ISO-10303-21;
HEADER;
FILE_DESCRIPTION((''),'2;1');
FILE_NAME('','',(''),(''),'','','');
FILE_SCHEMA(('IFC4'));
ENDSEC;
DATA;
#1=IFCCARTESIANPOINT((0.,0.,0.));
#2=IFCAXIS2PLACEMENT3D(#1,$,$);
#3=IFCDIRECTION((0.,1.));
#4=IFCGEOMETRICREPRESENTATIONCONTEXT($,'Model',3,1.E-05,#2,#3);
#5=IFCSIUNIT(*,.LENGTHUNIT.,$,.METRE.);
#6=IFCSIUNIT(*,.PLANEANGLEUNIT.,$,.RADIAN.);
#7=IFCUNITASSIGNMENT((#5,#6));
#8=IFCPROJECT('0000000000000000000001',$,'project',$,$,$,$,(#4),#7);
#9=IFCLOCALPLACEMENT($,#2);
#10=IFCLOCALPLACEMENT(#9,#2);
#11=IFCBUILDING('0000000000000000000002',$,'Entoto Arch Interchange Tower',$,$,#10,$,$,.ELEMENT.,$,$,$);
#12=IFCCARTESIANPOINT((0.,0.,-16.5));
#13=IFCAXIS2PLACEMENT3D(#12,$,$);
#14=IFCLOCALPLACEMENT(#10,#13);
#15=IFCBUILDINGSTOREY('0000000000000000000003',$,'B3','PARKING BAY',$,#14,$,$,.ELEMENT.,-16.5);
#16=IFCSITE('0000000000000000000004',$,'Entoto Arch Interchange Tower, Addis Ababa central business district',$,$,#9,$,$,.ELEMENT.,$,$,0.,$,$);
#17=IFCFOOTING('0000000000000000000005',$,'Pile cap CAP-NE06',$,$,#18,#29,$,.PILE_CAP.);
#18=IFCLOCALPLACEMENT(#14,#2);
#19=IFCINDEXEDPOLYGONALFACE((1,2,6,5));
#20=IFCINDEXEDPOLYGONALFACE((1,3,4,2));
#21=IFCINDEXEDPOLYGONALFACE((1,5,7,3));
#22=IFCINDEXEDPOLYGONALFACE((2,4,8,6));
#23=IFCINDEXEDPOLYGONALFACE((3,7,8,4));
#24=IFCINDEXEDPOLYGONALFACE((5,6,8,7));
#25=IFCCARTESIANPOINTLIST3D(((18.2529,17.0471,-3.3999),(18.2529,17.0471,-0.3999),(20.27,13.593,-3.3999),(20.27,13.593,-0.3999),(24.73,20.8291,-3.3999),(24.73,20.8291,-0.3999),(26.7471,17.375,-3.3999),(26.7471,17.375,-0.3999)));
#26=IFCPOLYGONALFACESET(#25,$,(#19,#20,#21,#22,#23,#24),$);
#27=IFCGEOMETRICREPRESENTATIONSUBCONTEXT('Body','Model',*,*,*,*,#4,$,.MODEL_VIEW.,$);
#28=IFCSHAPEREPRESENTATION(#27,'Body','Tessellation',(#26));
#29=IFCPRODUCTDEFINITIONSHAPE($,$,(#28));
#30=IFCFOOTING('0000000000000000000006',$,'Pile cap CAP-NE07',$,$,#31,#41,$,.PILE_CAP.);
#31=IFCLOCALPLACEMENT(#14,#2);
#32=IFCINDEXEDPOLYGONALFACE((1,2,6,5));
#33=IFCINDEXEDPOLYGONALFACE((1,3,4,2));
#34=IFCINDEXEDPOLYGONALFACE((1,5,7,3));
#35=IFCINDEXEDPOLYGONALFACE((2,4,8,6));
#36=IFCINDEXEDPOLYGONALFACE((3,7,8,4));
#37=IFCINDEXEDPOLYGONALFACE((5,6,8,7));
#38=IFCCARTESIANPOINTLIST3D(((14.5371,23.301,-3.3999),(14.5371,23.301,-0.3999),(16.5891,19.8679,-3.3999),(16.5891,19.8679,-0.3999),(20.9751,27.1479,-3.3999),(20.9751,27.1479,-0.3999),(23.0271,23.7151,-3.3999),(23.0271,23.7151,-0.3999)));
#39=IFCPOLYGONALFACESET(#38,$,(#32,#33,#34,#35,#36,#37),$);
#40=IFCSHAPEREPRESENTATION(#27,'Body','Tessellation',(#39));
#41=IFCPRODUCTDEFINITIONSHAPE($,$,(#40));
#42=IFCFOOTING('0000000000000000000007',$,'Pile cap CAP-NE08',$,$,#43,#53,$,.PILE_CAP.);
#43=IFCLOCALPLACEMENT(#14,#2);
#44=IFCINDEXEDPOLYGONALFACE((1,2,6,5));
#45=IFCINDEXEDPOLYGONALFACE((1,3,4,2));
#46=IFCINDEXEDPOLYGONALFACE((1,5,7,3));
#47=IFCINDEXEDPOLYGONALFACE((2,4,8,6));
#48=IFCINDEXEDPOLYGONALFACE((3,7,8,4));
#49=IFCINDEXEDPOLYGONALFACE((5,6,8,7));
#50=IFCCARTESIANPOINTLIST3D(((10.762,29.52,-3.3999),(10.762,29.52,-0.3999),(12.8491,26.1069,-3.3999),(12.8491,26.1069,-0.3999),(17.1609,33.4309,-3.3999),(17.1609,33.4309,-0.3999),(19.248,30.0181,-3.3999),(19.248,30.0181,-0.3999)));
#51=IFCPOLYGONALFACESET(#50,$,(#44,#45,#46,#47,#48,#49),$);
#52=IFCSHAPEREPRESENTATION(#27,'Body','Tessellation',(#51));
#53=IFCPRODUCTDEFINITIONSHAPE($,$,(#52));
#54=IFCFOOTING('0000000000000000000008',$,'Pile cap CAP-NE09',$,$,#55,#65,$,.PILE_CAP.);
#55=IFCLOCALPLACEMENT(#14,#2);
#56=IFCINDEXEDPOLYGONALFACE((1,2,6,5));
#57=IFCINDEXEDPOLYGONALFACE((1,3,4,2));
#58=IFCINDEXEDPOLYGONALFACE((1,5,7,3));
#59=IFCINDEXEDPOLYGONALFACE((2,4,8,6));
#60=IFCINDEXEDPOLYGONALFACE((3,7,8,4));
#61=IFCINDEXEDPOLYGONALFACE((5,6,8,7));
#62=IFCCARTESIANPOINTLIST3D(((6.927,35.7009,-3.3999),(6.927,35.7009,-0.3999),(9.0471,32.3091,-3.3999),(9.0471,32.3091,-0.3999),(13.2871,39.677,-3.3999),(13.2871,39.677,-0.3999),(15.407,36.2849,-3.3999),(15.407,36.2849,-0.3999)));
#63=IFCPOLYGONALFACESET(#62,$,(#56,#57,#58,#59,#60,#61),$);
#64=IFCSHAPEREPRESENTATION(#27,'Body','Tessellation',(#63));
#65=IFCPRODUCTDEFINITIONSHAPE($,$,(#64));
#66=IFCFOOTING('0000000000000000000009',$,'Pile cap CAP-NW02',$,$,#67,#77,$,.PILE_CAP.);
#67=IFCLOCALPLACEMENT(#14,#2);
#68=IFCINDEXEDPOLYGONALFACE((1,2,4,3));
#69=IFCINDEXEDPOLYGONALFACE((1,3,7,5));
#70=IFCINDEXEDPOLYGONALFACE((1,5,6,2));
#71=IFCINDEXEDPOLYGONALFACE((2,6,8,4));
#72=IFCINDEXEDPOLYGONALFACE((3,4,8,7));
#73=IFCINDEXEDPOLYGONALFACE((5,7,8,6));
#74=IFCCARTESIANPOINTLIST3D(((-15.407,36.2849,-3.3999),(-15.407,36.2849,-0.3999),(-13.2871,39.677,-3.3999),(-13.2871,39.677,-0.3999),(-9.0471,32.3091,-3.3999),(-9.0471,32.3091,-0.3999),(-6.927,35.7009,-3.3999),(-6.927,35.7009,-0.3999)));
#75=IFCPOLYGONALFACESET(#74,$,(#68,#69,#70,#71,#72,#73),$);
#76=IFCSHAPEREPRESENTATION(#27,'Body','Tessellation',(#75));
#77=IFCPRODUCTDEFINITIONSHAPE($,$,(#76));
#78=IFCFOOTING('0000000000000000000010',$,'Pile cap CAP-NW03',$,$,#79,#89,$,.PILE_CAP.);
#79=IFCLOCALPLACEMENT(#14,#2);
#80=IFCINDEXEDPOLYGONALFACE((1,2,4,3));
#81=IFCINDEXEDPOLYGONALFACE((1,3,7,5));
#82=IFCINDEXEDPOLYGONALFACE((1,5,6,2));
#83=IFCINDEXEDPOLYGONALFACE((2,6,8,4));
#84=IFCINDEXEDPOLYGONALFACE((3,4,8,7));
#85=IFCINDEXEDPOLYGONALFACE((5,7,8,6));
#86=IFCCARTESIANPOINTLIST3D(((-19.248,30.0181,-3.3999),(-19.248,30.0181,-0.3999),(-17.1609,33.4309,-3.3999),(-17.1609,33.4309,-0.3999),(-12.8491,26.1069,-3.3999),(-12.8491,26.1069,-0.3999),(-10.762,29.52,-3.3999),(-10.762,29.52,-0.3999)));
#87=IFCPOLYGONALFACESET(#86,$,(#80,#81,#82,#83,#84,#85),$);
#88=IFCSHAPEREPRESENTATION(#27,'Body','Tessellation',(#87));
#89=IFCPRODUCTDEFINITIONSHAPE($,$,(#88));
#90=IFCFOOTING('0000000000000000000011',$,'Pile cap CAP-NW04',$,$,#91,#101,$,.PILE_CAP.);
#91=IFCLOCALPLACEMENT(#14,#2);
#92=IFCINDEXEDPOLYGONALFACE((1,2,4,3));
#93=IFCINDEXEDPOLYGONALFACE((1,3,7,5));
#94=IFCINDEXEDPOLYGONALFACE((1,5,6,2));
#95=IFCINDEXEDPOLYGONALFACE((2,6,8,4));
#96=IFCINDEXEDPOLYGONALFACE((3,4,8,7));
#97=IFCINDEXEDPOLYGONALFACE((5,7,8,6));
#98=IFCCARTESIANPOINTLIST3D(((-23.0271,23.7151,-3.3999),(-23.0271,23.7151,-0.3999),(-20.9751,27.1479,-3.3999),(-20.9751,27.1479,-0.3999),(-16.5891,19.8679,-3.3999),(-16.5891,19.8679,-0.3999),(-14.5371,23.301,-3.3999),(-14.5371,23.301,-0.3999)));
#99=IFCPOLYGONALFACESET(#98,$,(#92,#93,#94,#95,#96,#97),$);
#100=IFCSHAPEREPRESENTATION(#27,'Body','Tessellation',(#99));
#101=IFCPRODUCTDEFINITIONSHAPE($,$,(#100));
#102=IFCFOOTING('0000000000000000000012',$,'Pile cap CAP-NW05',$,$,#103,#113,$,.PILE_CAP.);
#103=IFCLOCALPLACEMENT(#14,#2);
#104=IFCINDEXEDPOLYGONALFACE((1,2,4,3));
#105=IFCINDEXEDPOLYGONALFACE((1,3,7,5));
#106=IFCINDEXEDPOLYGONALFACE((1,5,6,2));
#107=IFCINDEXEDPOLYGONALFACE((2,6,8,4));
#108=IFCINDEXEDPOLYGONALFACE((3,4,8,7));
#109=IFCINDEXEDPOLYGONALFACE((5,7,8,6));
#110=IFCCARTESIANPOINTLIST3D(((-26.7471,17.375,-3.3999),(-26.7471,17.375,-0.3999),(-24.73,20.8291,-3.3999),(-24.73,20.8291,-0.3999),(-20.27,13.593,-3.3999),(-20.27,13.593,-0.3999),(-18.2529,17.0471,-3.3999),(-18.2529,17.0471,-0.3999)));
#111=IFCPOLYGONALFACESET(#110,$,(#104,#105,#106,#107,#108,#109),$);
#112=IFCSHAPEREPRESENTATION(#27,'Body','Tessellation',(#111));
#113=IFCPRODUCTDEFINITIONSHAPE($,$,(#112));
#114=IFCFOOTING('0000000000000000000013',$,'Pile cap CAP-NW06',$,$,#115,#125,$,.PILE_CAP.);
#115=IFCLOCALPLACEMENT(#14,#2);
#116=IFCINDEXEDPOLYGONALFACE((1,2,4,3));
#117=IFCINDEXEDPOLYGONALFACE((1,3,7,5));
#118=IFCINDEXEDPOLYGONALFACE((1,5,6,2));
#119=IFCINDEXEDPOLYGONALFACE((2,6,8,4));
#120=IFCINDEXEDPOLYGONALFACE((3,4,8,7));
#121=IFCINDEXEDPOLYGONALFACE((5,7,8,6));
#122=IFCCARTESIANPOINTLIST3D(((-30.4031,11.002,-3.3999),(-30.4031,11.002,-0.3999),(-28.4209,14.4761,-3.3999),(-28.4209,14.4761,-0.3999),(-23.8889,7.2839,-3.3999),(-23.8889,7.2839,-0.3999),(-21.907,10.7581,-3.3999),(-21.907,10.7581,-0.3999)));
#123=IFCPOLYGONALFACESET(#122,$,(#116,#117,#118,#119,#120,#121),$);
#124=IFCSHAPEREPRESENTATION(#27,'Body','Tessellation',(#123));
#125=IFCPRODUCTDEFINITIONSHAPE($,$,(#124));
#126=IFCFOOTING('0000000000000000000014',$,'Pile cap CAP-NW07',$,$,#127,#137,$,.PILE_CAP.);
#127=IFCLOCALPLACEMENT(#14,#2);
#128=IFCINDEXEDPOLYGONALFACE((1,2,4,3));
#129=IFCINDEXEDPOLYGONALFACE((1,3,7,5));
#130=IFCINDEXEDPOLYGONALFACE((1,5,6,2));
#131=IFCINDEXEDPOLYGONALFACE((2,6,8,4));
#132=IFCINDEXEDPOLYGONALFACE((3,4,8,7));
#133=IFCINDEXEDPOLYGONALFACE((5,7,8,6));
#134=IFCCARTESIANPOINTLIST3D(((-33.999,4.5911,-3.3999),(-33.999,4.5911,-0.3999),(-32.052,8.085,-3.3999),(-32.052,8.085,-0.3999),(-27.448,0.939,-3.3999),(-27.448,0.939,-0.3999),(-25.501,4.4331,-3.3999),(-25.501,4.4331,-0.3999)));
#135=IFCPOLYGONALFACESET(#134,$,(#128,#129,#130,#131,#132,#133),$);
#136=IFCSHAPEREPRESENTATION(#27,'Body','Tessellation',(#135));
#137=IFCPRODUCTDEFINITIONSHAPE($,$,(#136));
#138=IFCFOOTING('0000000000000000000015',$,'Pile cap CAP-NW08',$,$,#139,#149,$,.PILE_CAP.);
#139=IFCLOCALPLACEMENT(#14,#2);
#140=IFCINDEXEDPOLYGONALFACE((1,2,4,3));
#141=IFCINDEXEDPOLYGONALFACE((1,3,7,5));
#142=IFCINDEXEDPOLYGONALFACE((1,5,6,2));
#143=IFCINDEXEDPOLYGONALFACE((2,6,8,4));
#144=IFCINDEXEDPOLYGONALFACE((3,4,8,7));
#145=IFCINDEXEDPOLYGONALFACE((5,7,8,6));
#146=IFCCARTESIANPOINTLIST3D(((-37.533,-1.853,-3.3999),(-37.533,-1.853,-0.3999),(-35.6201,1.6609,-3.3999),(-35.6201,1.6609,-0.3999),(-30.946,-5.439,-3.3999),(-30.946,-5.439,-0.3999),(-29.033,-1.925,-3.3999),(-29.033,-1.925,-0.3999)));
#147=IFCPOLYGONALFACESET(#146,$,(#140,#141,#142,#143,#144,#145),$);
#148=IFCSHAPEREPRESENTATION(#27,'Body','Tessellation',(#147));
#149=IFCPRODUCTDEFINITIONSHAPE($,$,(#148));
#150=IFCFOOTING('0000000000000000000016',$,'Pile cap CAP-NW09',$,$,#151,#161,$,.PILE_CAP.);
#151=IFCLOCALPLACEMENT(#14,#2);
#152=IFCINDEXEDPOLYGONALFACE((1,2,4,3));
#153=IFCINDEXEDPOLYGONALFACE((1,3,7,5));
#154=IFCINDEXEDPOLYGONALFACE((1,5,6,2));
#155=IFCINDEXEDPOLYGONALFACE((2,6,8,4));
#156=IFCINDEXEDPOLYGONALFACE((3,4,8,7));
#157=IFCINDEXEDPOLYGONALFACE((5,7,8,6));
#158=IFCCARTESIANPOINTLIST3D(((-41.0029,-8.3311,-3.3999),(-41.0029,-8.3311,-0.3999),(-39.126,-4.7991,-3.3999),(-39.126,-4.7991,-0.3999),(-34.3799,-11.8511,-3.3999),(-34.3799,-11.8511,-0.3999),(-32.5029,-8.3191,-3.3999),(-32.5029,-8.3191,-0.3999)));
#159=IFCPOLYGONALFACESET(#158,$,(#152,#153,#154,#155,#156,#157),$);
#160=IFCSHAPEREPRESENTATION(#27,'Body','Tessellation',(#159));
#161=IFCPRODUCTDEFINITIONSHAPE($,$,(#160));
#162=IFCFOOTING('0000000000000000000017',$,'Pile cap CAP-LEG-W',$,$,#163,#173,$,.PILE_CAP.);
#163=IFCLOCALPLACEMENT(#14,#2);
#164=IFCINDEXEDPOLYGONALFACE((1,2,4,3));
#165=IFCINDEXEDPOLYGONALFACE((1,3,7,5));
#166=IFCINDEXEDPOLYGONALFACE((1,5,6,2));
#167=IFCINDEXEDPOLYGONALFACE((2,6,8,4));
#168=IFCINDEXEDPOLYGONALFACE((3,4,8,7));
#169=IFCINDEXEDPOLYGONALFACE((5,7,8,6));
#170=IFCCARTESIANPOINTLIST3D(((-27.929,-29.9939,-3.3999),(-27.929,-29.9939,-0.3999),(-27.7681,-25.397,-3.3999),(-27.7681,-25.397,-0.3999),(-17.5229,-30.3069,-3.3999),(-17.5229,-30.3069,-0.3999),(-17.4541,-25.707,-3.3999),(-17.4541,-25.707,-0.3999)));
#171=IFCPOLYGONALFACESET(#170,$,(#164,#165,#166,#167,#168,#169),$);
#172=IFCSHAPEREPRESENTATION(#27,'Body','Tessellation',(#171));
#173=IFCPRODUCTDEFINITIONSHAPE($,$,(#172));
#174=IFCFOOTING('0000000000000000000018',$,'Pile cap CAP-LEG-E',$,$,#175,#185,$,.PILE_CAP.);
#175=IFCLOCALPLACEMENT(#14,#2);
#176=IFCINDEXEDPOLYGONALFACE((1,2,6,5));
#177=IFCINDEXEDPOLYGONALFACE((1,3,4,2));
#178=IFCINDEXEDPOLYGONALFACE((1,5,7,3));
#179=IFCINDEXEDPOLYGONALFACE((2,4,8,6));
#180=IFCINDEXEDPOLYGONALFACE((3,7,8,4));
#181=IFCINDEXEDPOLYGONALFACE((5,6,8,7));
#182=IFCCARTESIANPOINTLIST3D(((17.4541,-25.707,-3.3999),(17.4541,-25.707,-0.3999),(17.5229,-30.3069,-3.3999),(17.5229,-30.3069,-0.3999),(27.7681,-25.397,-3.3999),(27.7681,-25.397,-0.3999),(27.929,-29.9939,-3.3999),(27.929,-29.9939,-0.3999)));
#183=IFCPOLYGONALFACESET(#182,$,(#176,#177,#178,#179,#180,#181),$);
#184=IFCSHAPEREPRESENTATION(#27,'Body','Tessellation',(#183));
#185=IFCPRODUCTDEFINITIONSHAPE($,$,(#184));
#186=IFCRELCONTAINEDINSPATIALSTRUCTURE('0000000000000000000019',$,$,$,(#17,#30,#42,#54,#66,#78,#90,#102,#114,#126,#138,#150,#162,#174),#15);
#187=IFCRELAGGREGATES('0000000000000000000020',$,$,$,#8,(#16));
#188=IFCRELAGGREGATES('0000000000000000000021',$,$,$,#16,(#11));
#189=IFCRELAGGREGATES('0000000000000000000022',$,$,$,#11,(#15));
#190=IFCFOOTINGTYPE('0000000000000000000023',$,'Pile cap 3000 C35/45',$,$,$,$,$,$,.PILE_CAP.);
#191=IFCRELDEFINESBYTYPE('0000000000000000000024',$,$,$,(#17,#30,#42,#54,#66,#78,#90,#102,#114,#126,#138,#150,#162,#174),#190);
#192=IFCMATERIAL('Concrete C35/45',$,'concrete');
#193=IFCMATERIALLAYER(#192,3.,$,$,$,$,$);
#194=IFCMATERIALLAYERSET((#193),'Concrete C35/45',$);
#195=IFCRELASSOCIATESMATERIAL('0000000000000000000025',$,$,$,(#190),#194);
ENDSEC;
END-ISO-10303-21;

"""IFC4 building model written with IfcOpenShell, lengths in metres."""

from ifc_helpers import new_model, si_unit, direction, frame, origin, place, context, subcontext, project, spatial, polyline, outline, extrude, material, layer, layer_set, type_object, element, save


model = new_model("IFC4")

# Units and contexts
model_context = context("Model", 3, precision=1e-05, world=origin(), true_north=direction((0.0, 1.0)))
body_context = subcontext(model_context, "Body", "Model", "MODEL_VIEW")
ifc_project = project(units=[si_unit("LENGTHUNIT", "METRE"), si_unit("PLANEANGLEUNIT", "RADIAN")], contexts=[model_context])

# Site, building, storey
site_placement = place(None, origin())
site = spatial("IfcSite", under=ifc_project, at=site_placement, Name="Entoto Arch Interchange Tower, Addis Ababa central business district", CompositionType="ELEMENT", RefElevation=0.0)
building_placement = place(site_placement, origin())
building = spatial("IfcBuilding", under=site, at=building_placement, Name="Entoto Arch Interchange Tower", CompositionType="ELEMENT")
storey_placement = place(building_placement, frame((0.0, 0.0, -16.5)))
storey = spatial("IfcBuildingStorey", under=building, at=storey_placement, Name="B3", Description="PARKING BAY", CompositionType="ELEMENT", Elevation=-16.5)

# Shared definitions
ifc_material = material(Name="Concrete C35/45", Category="concrete")

# Footings
ifc_layer_1 = layer(ifc_material, 3.0)
ifc_layer_set_1 = layer_set([ifc_layer_1], Name="Concrete C35/45")
footing_type_1 = type_object("IfcFootingType", Name="Pile cap 3000 C35/45", PredefinedType="PILE_CAP", material=ifc_layer_set_1)
footing_1_placement = place(storey_placement, frame((0.0, 0.0, -3.3999)))
element("IfcFooting", 1, at=footing_1_placement, inside=storey, type_object=footing_type_1, Name="Pile cap CAP-NE06", PredefinedType="PILE_CAP", context=body_context, shape_type="SweptSolid", body=[
    extrude(outline(polyline([(24.73, 20.8291), (18.2529, 17.0471), (20.27, 13.593), (26.7471, 17.375), (24.73, 20.8291)])), origin(), (0.0, 0.0, 1.0), 3.0),
])
footing_2_placement = place(storey_placement, frame((0.0, 0.0, -3.3999)))
element("IfcFooting", 2, at=footing_2_placement, inside=storey, type_object=footing_type_1, Name="Pile cap CAP-NE07", PredefinedType="PILE_CAP", context=body_context, shape_type="SweptSolid", body=[
    extrude(outline(polyline([(20.9751, 27.1479), (14.5371, 23.301), (16.5891, 19.8679), (23.0271, 23.7151), (20.9751, 27.1479)])), origin(), (0.0, 0.0, 1.0), 3.0),
])
footing_3_placement = place(storey_placement, frame((0.0, 0.0, -3.3999)))
element("IfcFooting", 3, at=footing_3_placement, inside=storey, type_object=footing_type_1, Name="Pile cap CAP-NE08", PredefinedType="PILE_CAP", context=body_context, shape_type="SweptSolid", body=[
    extrude(outline(polyline([(17.1609, 33.4309), (10.762, 29.52), (12.8491, 26.1069), (19.248, 30.0181), (17.1609, 33.4309)])), origin(), (0.0, 0.0, 1.0), 3.0),
])
footing_4_placement = place(storey_placement, frame((0.0, 0.0, -3.3999)))
element("IfcFooting", 4, at=footing_4_placement, inside=storey, type_object=footing_type_1, Name="Pile cap CAP-NE09", PredefinedType="PILE_CAP", context=body_context, shape_type="SweptSolid", body=[
    extrude(outline(polyline([(13.2871, 39.677), (6.927, 35.7009), (9.0471, 32.3091), (15.407, 36.2849), (13.2871, 39.677)])), origin(), (0.0, 0.0, 1.0), 3.0),
])
footing_5_placement = place(storey_placement, frame((0.0, 0.0, -3.3999)))
element("IfcFooting", 5, at=footing_5_placement, inside=storey, type_object=footing_type_1, Name="Pile cap CAP-NW02", PredefinedType="PILE_CAP", context=body_context, shape_type="SweptSolid", body=[
    extrude(outline(polyline([(-15.407, 36.2849), (-9.0471, 32.3091), (-6.927, 35.7009), (-13.2871, 39.677), (-15.407, 36.2849)])), origin(), (0.0, 0.0, 1.0), 3.0),
])
footing_6_placement = place(storey_placement, frame((0.0, 0.0, -3.3999)))
element("IfcFooting", 6, at=footing_6_placement, inside=storey, type_object=footing_type_1, Name="Pile cap CAP-NW03", PredefinedType="PILE_CAP", context=body_context, shape_type="SweptSolid", body=[
    extrude(outline(polyline([(-19.248, 30.0181), (-12.8491, 26.1069), (-10.762, 29.52), (-17.1609, 33.4309), (-19.248, 30.0181)])), origin(), (0.0, 0.0, 1.0), 3.0),
])
footing_7_placement = place(storey_placement, frame((0.0, 0.0, -3.3999)))
element("IfcFooting", 7, at=footing_7_placement, inside=storey, type_object=footing_type_1, Name="Pile cap CAP-NW04", PredefinedType="PILE_CAP", context=body_context, shape_type="SweptSolid", body=[
    extrude(outline(polyline([(-23.0271, 23.7151), (-16.5891, 19.8679), (-14.5371, 23.301), (-20.9751, 27.1479), (-23.0271, 23.7151)])), origin(), (0.0, 0.0, 1.0), 3.0),
])
footing_8_placement = place(storey_placement, frame((0.0, 0.0, -3.3999)))
element("IfcFooting", 8, at=footing_8_placement, inside=storey, type_object=footing_type_1, Name="Pile cap CAP-NW05", PredefinedType="PILE_CAP", context=body_context, shape_type="SweptSolid", body=[
    extrude(outline(polyline([(-26.7471, 17.375), (-20.27, 13.593), (-18.2529, 17.0471), (-24.73, 20.8291), (-26.7471, 17.375)])), origin(), (0.0, 0.0, 1.0), 3.0),
])
footing_9_placement = place(storey_placement, frame((0.0, 0.0, -3.3999)))
element("IfcFooting", 9, at=footing_9_placement, inside=storey, type_object=footing_type_1, Name="Pile cap CAP-NW06", PredefinedType="PILE_CAP", context=body_context, shape_type="SweptSolid", body=[
    extrude(outline(polyline([(-30.4031, 11.002), (-23.8889, 7.2839), (-21.907, 10.7581), (-28.4209, 14.4761), (-30.4031, 11.002)])), origin(), (0.0, 0.0, 1.0), 3.0),
])
footing_10_placement = place(storey_placement, frame((0.0, 0.0, -3.3999)))
element("IfcFooting", 10, at=footing_10_placement, inside=storey, type_object=footing_type_1, Name="Pile cap CAP-NW07", PredefinedType="PILE_CAP", context=body_context, shape_type="SweptSolid", body=[
    extrude(outline(polyline([(-33.999, 4.5911), (-27.448, 0.939), (-25.501, 4.4331), (-32.052, 8.085), (-33.999, 4.5911)])), origin(), (0.0, 0.0, 1.0), 3.0),
])
footing_11_placement = place(storey_placement, frame((0.0, 0.0, -3.3999)))
element("IfcFooting", 11, at=footing_11_placement, inside=storey, type_object=footing_type_1, Name="Pile cap CAP-NW08", PredefinedType="PILE_CAP", context=body_context, shape_type="SweptSolid", body=[
    extrude(outline(polyline([(-37.533, -1.853), (-30.946, -5.439), (-29.033, -1.925), (-35.6201, 1.6609), (-37.533, -1.853)])), origin(), (0.0, 0.0, 1.0), 3.0),
])
footing_12_placement = place(storey_placement, frame((0.0, 0.0, -3.3999)))
element("IfcFooting", 12, at=footing_12_placement, inside=storey, type_object=footing_type_1, Name="Pile cap CAP-NW09", PredefinedType="PILE_CAP", context=body_context, shape_type="SweptSolid", body=[
    extrude(outline(polyline([(-41.0029, -8.3311), (-34.3799, -11.8511), (-32.5029, -8.3191), (-39.126, -4.7991), (-41.0029, -8.3311)])), origin(), (0.0, 0.0, 1.0), 3.0),
])
footing_13_placement = place(storey_placement, frame((0.0, 0.0, -3.3999)))
element("IfcFooting", 13, at=footing_13_placement, inside=storey, type_object=footing_type_1, Name="Pile cap CAP-LEG-W", PredefinedType="PILE_CAP", context=body_context, shape_type="SweptSolid", body=[
    extrude(outline(polyline([(-17.5229, -30.3069), (-17.4541, -25.707), (-27.7681, -25.397), (-27.929, -29.9939), (-17.5229, -30.3069)])), origin(), (0.0, 0.0, 1.0), 3.0),
])
footing_14_placement = place(storey_placement, frame((0.0, 0.0, -3.3999)))
element("IfcFooting", 14, at=footing_14_placement, inside=storey, type_object=footing_type_1, Name="Pile cap CAP-LEG-E", PredefinedType="PILE_CAP", context=body_context, shape_type="SweptSolid", body=[
    extrude(outline(polyline([(27.929, -29.9939), (27.7681, -25.397), (17.4541, -25.707), (17.5229, -30.3069), (27.929, -29.9939)])), origin(), (0.0, 0.0, 1.0), 3.0),
])

save(model, "model.ifc")
